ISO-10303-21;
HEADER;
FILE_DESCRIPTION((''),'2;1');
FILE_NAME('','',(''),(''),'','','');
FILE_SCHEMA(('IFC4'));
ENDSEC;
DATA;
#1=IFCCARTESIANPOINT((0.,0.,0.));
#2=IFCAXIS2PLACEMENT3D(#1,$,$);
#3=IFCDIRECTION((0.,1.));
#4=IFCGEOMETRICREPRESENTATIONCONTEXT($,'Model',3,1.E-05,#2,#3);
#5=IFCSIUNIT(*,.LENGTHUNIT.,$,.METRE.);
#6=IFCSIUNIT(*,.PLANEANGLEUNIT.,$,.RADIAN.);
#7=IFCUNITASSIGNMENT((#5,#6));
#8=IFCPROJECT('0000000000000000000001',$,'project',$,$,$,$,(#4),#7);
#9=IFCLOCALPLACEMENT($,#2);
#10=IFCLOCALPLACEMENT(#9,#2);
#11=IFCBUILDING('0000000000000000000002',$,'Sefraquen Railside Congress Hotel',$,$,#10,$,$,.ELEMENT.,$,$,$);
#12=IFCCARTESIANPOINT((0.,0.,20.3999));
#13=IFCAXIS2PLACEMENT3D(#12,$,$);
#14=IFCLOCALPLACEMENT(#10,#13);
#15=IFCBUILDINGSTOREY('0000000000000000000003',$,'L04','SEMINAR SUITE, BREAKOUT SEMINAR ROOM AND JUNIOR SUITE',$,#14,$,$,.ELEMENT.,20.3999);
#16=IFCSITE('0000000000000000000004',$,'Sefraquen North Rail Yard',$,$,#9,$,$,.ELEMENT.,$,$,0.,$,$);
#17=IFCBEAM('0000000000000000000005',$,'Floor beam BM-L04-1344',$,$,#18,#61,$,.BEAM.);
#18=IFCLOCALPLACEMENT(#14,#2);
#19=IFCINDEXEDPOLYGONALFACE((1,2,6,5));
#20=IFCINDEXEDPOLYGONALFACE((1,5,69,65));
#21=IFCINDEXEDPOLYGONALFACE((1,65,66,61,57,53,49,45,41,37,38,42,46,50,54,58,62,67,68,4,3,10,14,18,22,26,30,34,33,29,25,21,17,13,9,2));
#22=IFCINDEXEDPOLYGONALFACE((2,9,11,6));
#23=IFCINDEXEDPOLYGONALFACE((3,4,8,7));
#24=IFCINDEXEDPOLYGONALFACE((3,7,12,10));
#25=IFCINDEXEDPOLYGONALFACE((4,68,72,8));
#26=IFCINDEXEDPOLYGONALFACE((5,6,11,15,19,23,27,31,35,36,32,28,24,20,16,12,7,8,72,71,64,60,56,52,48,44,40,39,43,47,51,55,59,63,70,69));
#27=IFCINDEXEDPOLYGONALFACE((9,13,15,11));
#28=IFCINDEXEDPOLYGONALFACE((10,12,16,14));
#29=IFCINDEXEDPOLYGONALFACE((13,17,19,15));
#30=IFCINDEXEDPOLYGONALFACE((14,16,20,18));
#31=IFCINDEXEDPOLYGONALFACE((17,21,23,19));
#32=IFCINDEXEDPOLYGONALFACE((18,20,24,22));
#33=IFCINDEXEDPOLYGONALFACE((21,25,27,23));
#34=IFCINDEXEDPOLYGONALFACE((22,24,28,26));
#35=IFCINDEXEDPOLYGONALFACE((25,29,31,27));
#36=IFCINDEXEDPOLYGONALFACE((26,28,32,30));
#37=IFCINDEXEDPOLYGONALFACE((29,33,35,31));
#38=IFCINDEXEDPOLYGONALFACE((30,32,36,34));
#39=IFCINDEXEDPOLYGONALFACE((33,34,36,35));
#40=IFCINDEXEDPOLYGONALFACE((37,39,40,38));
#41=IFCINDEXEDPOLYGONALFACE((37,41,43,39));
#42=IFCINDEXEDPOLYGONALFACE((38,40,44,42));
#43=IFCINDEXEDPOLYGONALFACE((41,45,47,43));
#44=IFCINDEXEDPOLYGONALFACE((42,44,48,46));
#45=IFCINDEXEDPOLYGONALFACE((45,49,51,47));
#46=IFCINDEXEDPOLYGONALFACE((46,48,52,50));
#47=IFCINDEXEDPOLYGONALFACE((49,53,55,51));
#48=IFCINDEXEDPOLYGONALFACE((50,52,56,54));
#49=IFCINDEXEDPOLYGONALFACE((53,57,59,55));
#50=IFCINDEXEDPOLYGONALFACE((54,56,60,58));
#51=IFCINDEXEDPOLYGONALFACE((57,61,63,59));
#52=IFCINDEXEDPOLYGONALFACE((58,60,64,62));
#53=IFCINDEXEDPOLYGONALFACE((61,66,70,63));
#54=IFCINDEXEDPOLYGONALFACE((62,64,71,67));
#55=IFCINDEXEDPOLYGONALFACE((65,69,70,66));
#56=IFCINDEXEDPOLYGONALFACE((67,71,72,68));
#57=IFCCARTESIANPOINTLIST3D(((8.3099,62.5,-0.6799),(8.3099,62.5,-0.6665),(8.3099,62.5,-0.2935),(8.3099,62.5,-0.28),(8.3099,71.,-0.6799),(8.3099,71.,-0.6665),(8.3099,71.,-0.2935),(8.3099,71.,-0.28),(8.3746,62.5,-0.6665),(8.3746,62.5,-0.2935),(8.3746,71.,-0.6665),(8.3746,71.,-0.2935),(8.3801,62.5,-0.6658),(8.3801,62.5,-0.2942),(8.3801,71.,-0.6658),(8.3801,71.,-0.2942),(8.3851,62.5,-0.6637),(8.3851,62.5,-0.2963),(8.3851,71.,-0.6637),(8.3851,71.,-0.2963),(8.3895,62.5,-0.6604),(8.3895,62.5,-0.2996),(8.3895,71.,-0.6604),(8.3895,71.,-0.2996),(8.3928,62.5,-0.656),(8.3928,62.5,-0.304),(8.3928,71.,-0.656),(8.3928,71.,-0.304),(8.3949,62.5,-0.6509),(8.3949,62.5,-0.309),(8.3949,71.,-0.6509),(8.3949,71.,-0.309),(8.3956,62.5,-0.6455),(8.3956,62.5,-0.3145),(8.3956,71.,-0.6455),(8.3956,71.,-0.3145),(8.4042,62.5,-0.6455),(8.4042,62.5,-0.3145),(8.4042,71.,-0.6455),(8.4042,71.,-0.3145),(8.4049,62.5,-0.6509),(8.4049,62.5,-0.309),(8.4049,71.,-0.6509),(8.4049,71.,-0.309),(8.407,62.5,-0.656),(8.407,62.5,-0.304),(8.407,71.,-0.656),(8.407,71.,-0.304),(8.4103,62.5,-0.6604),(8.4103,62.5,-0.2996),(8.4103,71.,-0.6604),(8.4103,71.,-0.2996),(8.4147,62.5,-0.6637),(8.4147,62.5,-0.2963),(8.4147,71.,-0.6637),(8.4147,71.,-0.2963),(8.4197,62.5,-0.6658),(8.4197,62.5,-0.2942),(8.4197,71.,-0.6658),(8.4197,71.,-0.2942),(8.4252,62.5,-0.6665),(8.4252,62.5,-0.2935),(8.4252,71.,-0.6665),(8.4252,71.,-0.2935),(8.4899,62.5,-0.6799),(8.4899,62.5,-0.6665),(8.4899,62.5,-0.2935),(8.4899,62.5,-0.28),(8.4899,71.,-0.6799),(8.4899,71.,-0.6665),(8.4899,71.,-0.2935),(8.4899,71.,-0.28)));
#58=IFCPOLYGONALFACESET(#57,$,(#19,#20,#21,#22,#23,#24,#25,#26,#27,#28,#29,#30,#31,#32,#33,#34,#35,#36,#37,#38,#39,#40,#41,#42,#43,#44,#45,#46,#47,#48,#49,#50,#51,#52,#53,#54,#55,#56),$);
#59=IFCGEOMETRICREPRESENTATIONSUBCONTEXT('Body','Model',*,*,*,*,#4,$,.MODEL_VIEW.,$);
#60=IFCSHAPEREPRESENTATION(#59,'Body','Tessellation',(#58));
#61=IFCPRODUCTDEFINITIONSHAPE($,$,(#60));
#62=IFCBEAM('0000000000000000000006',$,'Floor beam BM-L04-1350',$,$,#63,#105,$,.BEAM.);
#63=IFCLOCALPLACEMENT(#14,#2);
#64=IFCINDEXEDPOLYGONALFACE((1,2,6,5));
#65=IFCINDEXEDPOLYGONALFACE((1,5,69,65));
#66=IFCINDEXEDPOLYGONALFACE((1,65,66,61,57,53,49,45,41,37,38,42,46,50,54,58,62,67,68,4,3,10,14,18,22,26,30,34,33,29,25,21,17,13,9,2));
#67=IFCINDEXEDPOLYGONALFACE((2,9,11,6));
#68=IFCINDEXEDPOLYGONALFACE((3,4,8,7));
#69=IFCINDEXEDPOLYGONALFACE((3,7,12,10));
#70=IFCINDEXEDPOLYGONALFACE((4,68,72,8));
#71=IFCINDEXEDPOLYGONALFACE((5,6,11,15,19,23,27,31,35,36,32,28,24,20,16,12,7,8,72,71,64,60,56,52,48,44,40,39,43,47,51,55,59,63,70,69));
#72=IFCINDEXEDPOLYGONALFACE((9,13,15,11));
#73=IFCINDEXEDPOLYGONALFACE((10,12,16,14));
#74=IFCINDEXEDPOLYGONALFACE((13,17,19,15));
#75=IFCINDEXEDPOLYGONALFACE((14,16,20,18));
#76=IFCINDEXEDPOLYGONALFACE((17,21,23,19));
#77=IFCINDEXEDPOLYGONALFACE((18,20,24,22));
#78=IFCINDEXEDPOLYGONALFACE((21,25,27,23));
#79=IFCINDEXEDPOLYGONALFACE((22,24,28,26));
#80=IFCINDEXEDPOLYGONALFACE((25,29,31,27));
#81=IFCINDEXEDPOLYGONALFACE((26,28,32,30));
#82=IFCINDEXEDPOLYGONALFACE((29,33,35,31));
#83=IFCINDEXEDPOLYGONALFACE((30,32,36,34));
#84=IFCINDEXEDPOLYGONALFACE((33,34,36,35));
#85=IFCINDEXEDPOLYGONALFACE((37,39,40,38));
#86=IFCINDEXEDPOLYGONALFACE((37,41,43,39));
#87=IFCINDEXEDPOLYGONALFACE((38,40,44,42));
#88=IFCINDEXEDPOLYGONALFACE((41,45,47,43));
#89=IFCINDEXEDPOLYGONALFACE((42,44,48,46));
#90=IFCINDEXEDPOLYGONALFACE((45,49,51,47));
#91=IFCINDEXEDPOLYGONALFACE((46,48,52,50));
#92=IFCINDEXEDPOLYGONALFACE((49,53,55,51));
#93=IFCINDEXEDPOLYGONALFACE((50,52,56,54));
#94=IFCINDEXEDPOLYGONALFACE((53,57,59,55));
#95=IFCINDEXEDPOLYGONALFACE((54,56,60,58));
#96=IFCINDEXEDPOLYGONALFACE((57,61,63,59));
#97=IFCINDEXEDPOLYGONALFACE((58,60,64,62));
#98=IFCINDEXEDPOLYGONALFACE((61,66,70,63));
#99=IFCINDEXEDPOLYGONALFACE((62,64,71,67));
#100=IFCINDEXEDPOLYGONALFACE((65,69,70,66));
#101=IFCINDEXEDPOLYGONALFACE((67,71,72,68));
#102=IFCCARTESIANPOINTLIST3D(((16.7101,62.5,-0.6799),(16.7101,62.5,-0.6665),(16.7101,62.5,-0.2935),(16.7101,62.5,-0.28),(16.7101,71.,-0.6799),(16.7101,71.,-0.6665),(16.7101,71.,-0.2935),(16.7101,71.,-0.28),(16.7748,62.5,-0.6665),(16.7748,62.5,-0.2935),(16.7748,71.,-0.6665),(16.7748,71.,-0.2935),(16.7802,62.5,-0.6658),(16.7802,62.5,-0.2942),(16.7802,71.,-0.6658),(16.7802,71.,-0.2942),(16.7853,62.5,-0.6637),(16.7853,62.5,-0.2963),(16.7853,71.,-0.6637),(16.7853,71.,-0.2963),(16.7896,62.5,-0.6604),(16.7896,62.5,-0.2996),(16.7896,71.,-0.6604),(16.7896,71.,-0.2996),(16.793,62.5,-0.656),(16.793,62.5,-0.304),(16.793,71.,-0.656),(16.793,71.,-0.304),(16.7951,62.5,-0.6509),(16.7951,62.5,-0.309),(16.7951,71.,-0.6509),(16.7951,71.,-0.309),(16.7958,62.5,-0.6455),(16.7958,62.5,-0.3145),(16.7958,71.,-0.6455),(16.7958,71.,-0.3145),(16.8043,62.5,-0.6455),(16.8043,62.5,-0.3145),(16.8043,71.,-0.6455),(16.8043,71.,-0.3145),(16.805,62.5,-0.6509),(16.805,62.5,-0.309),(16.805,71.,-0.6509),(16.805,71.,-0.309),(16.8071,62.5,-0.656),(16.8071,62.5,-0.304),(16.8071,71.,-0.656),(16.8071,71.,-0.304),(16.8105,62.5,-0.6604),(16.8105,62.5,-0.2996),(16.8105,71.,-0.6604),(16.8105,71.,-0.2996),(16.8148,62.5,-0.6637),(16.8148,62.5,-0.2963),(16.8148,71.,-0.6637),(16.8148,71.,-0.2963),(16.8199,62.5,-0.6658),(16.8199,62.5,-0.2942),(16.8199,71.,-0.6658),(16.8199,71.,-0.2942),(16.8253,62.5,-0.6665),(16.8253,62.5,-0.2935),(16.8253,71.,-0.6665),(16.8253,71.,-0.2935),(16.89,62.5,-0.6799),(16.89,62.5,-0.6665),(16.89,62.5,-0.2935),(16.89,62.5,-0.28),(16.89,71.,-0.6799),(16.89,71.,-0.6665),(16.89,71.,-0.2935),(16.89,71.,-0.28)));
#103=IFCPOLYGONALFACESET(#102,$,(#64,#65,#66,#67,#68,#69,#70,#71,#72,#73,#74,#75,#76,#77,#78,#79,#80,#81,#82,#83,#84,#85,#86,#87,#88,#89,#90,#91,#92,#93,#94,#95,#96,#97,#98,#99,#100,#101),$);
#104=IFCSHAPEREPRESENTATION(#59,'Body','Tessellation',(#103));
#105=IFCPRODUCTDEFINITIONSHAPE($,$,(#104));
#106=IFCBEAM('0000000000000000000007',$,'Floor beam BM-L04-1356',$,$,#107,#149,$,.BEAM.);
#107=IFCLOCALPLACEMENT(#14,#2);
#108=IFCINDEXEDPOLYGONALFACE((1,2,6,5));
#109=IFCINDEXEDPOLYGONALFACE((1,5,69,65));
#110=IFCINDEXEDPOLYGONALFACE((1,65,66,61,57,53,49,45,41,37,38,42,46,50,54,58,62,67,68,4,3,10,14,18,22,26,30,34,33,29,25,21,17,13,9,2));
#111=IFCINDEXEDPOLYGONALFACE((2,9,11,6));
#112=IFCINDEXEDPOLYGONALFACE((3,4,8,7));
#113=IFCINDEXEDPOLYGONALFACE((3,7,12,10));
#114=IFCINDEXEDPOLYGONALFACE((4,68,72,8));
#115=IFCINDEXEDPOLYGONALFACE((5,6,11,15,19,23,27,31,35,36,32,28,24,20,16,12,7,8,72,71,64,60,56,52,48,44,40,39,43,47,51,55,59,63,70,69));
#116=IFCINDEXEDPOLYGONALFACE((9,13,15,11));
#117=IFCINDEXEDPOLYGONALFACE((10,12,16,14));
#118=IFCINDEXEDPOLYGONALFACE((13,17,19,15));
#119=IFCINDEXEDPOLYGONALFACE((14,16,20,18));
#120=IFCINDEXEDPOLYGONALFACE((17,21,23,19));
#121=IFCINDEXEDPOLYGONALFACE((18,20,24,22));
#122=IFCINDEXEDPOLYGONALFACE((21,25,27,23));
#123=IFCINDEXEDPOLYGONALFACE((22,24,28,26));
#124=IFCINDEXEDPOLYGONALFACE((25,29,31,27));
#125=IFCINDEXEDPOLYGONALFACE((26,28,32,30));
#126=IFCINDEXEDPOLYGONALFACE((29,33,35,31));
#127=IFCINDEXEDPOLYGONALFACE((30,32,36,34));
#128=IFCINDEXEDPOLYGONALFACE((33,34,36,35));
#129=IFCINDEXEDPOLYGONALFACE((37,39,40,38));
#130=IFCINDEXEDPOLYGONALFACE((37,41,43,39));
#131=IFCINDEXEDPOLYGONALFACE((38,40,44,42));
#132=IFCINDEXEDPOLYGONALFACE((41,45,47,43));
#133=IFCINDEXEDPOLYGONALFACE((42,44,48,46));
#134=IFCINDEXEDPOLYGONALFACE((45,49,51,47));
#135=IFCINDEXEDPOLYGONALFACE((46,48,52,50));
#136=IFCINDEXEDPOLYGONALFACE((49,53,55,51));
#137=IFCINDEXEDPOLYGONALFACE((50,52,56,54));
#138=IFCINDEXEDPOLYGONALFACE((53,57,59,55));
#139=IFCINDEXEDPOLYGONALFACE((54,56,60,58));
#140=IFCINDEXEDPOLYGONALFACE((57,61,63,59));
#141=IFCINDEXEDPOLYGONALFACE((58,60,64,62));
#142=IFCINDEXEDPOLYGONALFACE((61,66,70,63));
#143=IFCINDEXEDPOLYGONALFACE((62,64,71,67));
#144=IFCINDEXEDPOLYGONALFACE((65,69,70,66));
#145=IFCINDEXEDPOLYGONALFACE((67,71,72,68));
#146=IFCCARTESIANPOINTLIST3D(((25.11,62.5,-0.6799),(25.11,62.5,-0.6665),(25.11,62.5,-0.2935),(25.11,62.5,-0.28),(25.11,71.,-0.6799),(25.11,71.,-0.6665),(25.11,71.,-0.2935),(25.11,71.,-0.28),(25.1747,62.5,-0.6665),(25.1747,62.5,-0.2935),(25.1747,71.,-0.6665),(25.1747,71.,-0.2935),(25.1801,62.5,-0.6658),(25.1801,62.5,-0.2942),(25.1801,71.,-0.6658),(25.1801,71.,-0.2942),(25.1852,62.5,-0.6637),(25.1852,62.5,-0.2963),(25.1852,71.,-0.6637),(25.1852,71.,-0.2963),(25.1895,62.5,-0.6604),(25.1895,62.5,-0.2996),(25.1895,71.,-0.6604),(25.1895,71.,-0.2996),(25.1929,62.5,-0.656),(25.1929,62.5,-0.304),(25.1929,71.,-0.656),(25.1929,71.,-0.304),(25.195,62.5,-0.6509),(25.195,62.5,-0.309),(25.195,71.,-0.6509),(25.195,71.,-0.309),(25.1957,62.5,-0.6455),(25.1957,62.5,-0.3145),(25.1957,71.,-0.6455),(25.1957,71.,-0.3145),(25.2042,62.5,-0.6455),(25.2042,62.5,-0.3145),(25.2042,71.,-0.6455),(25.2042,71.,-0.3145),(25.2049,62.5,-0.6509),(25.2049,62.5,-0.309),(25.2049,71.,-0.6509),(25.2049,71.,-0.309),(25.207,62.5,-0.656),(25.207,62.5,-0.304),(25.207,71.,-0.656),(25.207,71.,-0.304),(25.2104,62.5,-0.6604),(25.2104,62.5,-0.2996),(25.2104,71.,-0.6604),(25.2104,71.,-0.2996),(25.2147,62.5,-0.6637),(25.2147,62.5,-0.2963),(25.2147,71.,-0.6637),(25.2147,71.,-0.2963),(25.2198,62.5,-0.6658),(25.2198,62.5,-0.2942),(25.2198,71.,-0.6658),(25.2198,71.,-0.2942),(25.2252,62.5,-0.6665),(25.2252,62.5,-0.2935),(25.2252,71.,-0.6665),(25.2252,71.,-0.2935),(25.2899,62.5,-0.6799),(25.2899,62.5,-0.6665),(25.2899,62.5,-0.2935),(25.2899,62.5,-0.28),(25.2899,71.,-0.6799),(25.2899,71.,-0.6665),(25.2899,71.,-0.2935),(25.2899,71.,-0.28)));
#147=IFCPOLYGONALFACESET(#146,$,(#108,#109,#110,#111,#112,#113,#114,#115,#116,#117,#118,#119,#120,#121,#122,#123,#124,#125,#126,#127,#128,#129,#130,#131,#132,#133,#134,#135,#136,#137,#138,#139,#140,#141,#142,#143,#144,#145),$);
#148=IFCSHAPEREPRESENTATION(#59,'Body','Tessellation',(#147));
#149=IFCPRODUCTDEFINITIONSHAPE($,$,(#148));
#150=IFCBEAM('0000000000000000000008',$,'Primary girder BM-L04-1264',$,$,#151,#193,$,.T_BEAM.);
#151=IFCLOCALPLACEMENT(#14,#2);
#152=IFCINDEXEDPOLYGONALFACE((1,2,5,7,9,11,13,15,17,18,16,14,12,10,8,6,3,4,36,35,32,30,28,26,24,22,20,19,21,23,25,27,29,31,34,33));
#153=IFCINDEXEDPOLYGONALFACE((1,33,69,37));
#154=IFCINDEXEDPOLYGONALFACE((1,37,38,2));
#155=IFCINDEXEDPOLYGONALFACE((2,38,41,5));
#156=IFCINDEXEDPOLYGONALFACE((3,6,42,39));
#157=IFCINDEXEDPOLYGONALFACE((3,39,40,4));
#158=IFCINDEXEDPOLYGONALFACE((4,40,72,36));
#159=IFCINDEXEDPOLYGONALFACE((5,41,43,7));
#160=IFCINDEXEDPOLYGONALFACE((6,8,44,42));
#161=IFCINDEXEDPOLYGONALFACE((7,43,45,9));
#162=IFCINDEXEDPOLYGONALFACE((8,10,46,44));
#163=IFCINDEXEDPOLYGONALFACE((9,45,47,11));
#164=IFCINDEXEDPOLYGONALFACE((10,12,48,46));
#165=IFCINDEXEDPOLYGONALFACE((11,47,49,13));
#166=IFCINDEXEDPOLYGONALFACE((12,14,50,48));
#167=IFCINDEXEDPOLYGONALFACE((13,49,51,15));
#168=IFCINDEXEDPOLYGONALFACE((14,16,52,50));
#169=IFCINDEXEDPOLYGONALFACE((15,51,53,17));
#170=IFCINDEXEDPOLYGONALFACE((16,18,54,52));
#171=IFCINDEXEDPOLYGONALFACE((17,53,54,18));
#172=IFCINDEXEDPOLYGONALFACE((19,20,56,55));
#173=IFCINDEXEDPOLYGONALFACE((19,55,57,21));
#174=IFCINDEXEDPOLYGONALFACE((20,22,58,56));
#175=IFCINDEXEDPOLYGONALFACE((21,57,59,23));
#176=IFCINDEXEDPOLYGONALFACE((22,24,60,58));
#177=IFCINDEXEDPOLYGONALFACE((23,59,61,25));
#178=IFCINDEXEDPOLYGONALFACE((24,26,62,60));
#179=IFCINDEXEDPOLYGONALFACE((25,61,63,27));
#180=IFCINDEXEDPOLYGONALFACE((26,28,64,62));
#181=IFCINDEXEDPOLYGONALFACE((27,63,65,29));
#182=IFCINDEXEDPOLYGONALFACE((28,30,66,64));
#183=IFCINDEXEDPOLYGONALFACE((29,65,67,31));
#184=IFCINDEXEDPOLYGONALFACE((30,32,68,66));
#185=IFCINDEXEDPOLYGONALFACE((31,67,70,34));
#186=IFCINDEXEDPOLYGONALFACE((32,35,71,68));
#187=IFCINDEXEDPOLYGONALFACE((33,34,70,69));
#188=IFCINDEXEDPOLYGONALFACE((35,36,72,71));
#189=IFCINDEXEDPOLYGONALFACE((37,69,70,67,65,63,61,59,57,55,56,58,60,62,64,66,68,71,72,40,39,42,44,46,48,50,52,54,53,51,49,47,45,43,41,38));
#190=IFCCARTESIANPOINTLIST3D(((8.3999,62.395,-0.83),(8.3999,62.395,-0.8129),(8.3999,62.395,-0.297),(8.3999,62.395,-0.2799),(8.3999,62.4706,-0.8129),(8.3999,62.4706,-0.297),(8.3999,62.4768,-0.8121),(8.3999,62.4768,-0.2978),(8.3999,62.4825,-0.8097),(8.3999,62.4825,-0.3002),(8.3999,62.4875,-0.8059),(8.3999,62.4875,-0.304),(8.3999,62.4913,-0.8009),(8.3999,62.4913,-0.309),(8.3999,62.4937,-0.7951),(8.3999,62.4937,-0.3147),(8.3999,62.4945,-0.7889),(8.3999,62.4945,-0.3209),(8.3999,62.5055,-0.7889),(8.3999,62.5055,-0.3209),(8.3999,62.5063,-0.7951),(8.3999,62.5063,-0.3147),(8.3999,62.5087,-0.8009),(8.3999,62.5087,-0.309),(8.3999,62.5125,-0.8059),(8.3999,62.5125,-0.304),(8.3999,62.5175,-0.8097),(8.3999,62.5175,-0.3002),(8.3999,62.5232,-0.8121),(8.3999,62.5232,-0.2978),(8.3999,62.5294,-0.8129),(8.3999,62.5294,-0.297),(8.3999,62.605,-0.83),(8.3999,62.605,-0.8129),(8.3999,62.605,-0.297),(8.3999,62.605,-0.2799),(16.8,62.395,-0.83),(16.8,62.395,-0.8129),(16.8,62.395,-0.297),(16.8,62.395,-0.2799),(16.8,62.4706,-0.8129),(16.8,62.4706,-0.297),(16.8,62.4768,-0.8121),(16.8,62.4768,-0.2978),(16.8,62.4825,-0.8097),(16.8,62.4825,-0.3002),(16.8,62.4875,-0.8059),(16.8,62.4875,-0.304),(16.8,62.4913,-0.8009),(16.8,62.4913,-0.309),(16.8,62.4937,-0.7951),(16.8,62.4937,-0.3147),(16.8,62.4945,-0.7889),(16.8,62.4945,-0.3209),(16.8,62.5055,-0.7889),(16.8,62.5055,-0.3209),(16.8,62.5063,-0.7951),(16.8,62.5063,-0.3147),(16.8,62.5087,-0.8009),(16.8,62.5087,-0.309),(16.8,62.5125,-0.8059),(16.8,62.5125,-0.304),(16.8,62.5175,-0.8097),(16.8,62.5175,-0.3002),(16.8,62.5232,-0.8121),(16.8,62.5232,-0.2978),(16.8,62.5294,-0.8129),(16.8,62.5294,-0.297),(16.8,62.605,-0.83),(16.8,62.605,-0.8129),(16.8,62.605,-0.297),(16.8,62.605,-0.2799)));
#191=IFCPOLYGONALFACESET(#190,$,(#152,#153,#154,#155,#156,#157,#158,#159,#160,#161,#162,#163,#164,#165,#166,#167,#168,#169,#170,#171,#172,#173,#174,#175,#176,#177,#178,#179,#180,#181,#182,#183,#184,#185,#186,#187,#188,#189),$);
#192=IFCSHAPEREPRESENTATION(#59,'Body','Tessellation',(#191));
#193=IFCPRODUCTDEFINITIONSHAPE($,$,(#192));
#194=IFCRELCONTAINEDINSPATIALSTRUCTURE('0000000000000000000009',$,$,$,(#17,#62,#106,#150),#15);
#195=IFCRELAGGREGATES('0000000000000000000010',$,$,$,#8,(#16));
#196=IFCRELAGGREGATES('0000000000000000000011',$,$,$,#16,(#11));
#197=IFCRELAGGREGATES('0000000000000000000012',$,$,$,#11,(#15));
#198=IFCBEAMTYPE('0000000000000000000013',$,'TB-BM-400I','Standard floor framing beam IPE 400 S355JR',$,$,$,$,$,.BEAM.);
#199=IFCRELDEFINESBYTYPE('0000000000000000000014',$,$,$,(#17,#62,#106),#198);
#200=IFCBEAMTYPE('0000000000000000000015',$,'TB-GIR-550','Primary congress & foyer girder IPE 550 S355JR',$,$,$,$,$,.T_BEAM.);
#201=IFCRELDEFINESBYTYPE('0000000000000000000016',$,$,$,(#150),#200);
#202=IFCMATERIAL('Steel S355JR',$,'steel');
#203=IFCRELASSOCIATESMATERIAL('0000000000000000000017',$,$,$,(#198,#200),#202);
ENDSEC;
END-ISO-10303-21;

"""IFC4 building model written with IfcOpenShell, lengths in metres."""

from ifc_helpers import new_model, si_unit, direction, frame, origin, origin_2d, place, context, subcontext, project, spatial, i_section, extrude, material, material_profile, profile_set, type_object, element, save


model = new_model("IFC4")

# Units and contexts
model_context = context("Model", 3, precision=1e-05, world=origin(), true_north=direction((0.0, 1.0)))
body_context = subcontext(model_context, "Body", "Model", "MODEL_VIEW")
ifc_project = project(units=[si_unit("LENGTHUNIT", "METRE"), si_unit("PLANEANGLEUNIT", "RADIAN")], contexts=[model_context])

# Site, building, storey
site_placement = place(None, origin())
site = spatial("IfcSite", under=ifc_project, at=site_placement, Name="Sefraquen North Rail Yard", CompositionType="ELEMENT", RefElevation=0.0)
building_placement = place(site_placement, origin())
building = spatial("IfcBuilding", under=site, at=building_placement, Name="Sefraquen Railside Congress Hotel", CompositionType="ELEMENT")
storey_placement = place(building_placement, frame((0.0, 0.0, 20.3999)))
storey = spatial("IfcBuildingStorey", under=building, at=storey_placement, Name="L04", Description="SEMINAR SUITE, BREAKOUT SEMINAR ROOM AND JUNIOR SUITE", CompositionType="ELEMENT", Elevation=20.3999)

# Shared definitions
ifc_material_1 = material(Name="Steel S355JR", Category="steel")

# Beams
ifc_material_profile_1 = material_profile(ifc_material_1, i_section(OverallWidth=0.1799, OverallDepth=0.3999, WebThickness=0.0085, FlangeThickness=0.0134, FilletRadius=0.021, at=origin_2d()), Name="IPE 400")
ifc_profile_set_1 = profile_set([ifc_material_profile_1], Name="Steel S355JR")
beam_type_1 = type_object("IfcBeamType", Name="TB-BM-400I", Description="Standard floor framing beam IPE 400 S355JR", PredefinedType="BEAM", material=ifc_profile_set_1)
for number, where, z_axis, x_axis, name in (
    (1, (8.3999, 62.5, -0.48), (0.0, 1.0, 0.0), (-1.0, 0.0, 0.0), "Floor beam BM-L04-1344"),
    (2, (16.8, 62.5, -0.48), (0.0, 1.0, 0.0), (-1.0, 0.0, 0.0), "Floor beam BM-L04-1350"),
    (3, (25.2, 62.5, -0.48), (0.0, 1.0, 0.0), (-1.0, 0.0, 0.0), "Floor beam BM-L04-1356"),
):
    element("IfcBeam", number, at=place(storey_placement, frame(where, z_axis=z_axis, x_axis=x_axis)), inside=storey, type_object=beam_type_1, Name=name, PredefinedType="BEAM", context=body_context, shape_type="SweptSolid", body=[
        extrude(i_section(OverallWidth=0.1799, OverallDepth=0.3999, WebThickness=0.0085, FlangeThickness=0.0134, FilletRadius=0.021, at=origin_2d()), origin(), (0.0, 0.0, 1.0), 8.5),
    ])
ifc_material_profile_2 = material_profile(ifc_material_1, i_section(OverallWidth=0.21, OverallDepth=0.55, WebThickness=0.011, FlangeThickness=0.0171, FilletRadius=0.0239, at=origin_2d()), Name="IPE 550")
ifc_profile_set_2 = profile_set([ifc_material_profile_2], Name="Steel S355JR")
beam_type_2 = type_object("IfcBeamType", Name="TB-GIR-550", Description="Primary congress & foyer girder IPE 550 S355JR", PredefinedType="T_BEAM", material=ifc_profile_set_2)
beam_1_placement = place(storey_placement, frame((8.3999, 62.5, -0.5549), z_axis=(1.0, 0.0, 0.0), x_axis=(0.0, 1.0, 0.0)))
element("IfcBeam", 4, at=beam_1_placement, inside=storey, type_object=beam_type_2, Name="Primary girder BM-L04-1264", PredefinedType="T_BEAM", context=body_context, shape_type="SweptSolid", body=[
    extrude(i_section(OverallWidth=0.21, OverallDepth=0.55, WebThickness=0.011, FlangeThickness=0.0171, FilletRadius=0.0239, at=origin_2d()), origin(), (0.0, 0.0, 1.0), 8.4001),
])

save(model, "model.ifc")
